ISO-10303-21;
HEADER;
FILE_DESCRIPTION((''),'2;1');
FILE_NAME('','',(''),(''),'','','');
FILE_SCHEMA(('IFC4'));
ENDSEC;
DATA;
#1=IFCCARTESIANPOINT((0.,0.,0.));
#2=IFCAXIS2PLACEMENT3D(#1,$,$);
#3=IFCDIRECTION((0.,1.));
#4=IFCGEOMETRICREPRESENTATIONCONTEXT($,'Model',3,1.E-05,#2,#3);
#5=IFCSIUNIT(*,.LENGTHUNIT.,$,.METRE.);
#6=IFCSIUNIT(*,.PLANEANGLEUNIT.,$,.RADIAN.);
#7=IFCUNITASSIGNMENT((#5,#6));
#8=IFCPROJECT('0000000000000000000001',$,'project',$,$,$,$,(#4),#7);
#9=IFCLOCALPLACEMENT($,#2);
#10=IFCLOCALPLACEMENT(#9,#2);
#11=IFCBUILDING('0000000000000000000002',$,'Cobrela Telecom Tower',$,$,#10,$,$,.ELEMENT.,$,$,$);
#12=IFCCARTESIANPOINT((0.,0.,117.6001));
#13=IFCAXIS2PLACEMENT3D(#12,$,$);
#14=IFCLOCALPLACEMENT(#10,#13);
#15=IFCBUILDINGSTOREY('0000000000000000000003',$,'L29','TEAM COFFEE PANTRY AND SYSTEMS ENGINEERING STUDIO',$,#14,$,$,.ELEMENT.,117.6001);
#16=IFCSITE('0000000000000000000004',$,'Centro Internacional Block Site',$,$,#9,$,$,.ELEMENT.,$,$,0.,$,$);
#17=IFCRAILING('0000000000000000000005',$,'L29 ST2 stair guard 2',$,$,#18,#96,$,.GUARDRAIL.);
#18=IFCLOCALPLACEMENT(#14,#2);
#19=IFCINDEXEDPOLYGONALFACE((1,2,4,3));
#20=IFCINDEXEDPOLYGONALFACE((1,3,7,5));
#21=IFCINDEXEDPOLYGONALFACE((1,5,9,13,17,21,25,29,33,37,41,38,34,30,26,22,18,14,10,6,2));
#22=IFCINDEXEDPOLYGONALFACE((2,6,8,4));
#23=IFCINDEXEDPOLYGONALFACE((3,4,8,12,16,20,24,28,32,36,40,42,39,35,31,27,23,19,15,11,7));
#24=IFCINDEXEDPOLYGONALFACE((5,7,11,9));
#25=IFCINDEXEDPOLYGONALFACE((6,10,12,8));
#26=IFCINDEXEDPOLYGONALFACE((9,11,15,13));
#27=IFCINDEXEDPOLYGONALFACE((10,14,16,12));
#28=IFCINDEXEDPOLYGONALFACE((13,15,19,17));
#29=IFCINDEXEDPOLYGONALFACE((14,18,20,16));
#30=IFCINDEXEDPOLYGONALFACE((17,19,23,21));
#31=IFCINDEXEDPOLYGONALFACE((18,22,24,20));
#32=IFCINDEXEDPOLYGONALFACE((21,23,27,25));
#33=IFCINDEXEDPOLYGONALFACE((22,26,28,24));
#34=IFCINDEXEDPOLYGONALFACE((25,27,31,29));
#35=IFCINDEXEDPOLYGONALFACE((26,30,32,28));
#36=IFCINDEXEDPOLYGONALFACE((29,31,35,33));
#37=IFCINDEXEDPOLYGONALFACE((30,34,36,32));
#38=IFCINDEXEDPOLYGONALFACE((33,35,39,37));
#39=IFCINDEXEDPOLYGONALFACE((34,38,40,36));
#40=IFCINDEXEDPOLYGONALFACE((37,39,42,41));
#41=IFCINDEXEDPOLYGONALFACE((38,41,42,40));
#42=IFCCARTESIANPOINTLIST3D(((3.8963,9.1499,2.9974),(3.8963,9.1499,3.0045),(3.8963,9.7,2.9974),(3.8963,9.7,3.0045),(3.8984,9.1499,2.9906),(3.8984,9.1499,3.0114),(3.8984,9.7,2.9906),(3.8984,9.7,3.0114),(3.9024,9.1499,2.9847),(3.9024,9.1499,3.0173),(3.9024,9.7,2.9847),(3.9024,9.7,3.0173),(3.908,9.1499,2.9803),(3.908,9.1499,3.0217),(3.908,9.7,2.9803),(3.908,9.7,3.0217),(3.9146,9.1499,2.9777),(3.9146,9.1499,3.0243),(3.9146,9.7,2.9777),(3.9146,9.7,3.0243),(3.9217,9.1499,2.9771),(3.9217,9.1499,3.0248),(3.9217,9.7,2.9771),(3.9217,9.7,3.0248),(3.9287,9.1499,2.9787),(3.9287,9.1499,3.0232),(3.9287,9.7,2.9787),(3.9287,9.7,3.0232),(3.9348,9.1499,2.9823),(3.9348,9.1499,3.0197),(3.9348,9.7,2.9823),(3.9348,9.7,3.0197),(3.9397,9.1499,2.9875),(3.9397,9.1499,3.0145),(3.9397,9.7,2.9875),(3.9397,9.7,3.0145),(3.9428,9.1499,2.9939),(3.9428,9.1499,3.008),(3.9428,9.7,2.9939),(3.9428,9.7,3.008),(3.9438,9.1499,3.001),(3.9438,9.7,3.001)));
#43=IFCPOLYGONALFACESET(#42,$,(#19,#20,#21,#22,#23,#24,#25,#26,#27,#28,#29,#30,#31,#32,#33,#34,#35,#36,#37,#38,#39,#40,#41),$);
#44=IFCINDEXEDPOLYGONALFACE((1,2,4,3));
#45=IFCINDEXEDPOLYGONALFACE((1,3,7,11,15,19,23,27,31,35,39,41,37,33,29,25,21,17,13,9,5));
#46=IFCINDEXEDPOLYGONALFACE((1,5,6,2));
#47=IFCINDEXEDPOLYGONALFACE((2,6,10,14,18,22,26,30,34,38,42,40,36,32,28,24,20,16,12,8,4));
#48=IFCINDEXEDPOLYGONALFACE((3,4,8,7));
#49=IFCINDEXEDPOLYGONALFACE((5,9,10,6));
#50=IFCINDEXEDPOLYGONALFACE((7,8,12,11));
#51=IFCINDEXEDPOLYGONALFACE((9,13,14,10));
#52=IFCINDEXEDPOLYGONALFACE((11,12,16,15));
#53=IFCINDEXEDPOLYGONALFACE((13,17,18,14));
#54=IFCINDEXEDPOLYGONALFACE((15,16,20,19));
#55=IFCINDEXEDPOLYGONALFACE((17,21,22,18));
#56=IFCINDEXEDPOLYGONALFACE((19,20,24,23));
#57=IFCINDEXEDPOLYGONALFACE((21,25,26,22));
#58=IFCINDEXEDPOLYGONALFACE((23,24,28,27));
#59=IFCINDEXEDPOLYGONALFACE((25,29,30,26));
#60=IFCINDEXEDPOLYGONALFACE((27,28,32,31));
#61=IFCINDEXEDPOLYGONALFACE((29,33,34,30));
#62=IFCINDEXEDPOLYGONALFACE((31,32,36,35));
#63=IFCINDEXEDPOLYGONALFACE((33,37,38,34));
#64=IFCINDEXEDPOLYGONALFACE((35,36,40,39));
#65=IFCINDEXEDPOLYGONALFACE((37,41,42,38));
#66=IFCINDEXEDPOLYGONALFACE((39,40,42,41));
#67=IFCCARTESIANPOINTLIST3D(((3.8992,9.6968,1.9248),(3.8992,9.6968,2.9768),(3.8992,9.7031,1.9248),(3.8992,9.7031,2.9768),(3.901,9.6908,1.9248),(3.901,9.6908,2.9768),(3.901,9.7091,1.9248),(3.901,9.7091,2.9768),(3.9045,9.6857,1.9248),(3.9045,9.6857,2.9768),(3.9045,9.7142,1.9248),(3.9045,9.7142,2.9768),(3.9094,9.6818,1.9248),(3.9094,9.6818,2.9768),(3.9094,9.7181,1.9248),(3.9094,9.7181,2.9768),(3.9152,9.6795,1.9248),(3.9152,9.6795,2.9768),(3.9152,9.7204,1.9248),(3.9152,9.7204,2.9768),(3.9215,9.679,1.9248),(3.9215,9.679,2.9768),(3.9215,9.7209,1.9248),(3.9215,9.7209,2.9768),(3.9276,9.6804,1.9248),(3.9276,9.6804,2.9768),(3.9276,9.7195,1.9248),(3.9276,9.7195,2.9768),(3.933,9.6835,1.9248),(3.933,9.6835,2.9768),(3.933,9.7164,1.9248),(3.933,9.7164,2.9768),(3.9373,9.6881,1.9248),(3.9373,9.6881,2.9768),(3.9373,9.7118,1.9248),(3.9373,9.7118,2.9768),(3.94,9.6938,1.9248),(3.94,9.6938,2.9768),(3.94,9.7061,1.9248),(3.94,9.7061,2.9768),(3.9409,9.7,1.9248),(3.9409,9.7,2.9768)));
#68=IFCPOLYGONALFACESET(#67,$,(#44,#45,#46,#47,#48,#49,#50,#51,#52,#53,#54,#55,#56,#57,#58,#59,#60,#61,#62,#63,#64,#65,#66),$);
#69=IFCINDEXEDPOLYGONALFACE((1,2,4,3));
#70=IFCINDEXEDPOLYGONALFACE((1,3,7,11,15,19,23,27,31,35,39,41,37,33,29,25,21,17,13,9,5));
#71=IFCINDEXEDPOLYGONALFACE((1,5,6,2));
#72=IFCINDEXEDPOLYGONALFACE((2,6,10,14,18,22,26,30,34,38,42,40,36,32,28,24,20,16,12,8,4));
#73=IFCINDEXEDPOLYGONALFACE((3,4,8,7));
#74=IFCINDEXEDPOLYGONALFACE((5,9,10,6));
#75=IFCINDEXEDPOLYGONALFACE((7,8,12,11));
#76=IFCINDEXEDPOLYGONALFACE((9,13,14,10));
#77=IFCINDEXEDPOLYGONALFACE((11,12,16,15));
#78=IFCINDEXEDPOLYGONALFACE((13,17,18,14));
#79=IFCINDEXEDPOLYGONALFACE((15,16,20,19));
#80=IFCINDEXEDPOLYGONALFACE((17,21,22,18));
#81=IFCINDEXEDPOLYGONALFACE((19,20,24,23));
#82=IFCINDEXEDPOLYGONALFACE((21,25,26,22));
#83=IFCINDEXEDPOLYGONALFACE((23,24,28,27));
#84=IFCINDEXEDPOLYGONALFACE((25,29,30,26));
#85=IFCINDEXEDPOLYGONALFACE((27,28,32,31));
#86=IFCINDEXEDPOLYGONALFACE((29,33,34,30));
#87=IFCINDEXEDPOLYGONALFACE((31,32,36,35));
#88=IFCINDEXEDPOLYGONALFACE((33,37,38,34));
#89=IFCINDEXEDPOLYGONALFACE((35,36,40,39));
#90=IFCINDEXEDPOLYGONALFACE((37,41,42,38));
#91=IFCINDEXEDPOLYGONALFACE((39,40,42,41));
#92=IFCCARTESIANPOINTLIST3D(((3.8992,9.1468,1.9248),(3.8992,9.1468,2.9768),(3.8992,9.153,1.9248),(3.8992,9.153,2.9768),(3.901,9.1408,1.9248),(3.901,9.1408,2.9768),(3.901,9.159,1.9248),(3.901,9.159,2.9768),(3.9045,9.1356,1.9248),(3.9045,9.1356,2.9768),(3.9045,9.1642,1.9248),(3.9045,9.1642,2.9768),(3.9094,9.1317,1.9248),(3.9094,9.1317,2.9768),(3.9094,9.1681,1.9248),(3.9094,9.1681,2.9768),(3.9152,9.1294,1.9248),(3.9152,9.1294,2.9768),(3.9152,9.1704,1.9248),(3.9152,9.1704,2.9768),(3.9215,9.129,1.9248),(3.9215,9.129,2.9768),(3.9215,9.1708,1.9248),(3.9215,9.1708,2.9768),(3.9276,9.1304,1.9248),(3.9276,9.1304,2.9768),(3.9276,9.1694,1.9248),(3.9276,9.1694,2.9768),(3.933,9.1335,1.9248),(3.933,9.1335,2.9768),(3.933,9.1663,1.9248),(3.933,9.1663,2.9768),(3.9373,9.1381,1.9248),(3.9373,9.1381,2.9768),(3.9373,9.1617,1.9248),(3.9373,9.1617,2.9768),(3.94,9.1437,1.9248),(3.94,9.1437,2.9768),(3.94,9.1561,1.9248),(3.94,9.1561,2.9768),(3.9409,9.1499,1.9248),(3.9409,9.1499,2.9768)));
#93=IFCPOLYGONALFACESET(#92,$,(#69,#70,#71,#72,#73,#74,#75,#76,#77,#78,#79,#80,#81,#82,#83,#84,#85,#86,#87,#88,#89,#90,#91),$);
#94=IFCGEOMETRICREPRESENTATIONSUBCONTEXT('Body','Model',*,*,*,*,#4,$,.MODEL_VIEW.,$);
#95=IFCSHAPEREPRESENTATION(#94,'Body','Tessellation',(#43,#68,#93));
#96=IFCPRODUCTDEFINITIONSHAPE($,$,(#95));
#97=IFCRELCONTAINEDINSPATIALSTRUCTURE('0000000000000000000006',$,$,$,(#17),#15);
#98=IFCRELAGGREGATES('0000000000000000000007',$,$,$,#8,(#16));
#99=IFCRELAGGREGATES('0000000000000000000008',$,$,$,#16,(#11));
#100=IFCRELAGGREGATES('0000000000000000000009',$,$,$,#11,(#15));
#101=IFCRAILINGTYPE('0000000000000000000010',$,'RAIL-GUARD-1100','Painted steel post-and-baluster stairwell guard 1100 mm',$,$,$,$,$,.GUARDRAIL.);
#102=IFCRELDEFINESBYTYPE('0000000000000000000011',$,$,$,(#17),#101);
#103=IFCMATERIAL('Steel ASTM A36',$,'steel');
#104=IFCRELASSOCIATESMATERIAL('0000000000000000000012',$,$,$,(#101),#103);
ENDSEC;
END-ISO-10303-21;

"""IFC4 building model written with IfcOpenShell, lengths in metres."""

from ifc_helpers import new_model, si_unit, direction, frame, origin, origin_2d, place, context, subcontext, project, spatial, circle, extrude, material, type_object, element, save


model = new_model("IFC4")

# Units and contexts
model_context = context("Model", 3, precision=1e-05, world=origin(), true_north=direction((0.0, 1.0)))
body_context = subcontext(model_context, "Body", "Model", "MODEL_VIEW")
ifc_project = project(units=[si_unit("LENGTHUNIT", "METRE"), si_unit("PLANEANGLEUNIT", "RADIAN")], contexts=[model_context])

# Site, building, storey
site_placement = place(None, origin())
site = spatial("IfcSite", under=ifc_project, at=site_placement, Name="Centro Internacional Block Site", CompositionType="ELEMENT", RefElevation=0.0)
building_placement = place(site_placement, origin())
building = spatial("IfcBuilding", under=site, at=building_placement, Name="Cobrela Telecom Tower", CompositionType="ELEMENT")
storey_placement = place(building_placement, frame((0.0, 0.0, 117.6001)))
storey = spatial("IfcBuildingStorey", under=building, at=storey_placement, Name="L29", Description="TEAM COFFEE PANTRY AND SYSTEMS ENGINEERING STUDIO", CompositionType="ELEMENT", Elevation=117.6001)

# Shared definitions
ifc_material_1 = material(Name="Steel ASTM A36", Category="steel")

# Railing
railing_type_1 = type_object("IfcRailingType", Name="RAIL-GUARD-1100", Description="Painted steel post-and-baluster stairwell guard 1100 mm", PredefinedType="GUARDRAIL", material=ifc_material_1)
railing_1_placement = place(storey_placement, frame((3.9199, 9.7, 1.9248)))
element("IfcRailing", 1, at=railing_1_placement, inside=storey, type_object=railing_type_1, Name="L29 ST2 stair guard 2", PredefinedType="GUARDRAIL", context=body_context, shape_type="SweptSolid", body=[
    extrude(circle(Radius=0.0239, at=origin_2d()), frame((0.0, 0.0, 1.0762), z_axis=(0.0, -1.0, 0.0), x_axis=(1.0, 0.0, 0.0)), (0.0, 0.0, 1.0), 0.55),
    extrude(circle(Radius=0.021, at=origin_2d()), origin(), (0.0, 0.0, 1.0), 1.052),
    extrude(circle(Radius=0.021, at=origin_2d()), frame((0.0, -0.55, 0.0)), (0.0, 0.0, 1.0), 1.052),
])

save(model, "model.ifc")
